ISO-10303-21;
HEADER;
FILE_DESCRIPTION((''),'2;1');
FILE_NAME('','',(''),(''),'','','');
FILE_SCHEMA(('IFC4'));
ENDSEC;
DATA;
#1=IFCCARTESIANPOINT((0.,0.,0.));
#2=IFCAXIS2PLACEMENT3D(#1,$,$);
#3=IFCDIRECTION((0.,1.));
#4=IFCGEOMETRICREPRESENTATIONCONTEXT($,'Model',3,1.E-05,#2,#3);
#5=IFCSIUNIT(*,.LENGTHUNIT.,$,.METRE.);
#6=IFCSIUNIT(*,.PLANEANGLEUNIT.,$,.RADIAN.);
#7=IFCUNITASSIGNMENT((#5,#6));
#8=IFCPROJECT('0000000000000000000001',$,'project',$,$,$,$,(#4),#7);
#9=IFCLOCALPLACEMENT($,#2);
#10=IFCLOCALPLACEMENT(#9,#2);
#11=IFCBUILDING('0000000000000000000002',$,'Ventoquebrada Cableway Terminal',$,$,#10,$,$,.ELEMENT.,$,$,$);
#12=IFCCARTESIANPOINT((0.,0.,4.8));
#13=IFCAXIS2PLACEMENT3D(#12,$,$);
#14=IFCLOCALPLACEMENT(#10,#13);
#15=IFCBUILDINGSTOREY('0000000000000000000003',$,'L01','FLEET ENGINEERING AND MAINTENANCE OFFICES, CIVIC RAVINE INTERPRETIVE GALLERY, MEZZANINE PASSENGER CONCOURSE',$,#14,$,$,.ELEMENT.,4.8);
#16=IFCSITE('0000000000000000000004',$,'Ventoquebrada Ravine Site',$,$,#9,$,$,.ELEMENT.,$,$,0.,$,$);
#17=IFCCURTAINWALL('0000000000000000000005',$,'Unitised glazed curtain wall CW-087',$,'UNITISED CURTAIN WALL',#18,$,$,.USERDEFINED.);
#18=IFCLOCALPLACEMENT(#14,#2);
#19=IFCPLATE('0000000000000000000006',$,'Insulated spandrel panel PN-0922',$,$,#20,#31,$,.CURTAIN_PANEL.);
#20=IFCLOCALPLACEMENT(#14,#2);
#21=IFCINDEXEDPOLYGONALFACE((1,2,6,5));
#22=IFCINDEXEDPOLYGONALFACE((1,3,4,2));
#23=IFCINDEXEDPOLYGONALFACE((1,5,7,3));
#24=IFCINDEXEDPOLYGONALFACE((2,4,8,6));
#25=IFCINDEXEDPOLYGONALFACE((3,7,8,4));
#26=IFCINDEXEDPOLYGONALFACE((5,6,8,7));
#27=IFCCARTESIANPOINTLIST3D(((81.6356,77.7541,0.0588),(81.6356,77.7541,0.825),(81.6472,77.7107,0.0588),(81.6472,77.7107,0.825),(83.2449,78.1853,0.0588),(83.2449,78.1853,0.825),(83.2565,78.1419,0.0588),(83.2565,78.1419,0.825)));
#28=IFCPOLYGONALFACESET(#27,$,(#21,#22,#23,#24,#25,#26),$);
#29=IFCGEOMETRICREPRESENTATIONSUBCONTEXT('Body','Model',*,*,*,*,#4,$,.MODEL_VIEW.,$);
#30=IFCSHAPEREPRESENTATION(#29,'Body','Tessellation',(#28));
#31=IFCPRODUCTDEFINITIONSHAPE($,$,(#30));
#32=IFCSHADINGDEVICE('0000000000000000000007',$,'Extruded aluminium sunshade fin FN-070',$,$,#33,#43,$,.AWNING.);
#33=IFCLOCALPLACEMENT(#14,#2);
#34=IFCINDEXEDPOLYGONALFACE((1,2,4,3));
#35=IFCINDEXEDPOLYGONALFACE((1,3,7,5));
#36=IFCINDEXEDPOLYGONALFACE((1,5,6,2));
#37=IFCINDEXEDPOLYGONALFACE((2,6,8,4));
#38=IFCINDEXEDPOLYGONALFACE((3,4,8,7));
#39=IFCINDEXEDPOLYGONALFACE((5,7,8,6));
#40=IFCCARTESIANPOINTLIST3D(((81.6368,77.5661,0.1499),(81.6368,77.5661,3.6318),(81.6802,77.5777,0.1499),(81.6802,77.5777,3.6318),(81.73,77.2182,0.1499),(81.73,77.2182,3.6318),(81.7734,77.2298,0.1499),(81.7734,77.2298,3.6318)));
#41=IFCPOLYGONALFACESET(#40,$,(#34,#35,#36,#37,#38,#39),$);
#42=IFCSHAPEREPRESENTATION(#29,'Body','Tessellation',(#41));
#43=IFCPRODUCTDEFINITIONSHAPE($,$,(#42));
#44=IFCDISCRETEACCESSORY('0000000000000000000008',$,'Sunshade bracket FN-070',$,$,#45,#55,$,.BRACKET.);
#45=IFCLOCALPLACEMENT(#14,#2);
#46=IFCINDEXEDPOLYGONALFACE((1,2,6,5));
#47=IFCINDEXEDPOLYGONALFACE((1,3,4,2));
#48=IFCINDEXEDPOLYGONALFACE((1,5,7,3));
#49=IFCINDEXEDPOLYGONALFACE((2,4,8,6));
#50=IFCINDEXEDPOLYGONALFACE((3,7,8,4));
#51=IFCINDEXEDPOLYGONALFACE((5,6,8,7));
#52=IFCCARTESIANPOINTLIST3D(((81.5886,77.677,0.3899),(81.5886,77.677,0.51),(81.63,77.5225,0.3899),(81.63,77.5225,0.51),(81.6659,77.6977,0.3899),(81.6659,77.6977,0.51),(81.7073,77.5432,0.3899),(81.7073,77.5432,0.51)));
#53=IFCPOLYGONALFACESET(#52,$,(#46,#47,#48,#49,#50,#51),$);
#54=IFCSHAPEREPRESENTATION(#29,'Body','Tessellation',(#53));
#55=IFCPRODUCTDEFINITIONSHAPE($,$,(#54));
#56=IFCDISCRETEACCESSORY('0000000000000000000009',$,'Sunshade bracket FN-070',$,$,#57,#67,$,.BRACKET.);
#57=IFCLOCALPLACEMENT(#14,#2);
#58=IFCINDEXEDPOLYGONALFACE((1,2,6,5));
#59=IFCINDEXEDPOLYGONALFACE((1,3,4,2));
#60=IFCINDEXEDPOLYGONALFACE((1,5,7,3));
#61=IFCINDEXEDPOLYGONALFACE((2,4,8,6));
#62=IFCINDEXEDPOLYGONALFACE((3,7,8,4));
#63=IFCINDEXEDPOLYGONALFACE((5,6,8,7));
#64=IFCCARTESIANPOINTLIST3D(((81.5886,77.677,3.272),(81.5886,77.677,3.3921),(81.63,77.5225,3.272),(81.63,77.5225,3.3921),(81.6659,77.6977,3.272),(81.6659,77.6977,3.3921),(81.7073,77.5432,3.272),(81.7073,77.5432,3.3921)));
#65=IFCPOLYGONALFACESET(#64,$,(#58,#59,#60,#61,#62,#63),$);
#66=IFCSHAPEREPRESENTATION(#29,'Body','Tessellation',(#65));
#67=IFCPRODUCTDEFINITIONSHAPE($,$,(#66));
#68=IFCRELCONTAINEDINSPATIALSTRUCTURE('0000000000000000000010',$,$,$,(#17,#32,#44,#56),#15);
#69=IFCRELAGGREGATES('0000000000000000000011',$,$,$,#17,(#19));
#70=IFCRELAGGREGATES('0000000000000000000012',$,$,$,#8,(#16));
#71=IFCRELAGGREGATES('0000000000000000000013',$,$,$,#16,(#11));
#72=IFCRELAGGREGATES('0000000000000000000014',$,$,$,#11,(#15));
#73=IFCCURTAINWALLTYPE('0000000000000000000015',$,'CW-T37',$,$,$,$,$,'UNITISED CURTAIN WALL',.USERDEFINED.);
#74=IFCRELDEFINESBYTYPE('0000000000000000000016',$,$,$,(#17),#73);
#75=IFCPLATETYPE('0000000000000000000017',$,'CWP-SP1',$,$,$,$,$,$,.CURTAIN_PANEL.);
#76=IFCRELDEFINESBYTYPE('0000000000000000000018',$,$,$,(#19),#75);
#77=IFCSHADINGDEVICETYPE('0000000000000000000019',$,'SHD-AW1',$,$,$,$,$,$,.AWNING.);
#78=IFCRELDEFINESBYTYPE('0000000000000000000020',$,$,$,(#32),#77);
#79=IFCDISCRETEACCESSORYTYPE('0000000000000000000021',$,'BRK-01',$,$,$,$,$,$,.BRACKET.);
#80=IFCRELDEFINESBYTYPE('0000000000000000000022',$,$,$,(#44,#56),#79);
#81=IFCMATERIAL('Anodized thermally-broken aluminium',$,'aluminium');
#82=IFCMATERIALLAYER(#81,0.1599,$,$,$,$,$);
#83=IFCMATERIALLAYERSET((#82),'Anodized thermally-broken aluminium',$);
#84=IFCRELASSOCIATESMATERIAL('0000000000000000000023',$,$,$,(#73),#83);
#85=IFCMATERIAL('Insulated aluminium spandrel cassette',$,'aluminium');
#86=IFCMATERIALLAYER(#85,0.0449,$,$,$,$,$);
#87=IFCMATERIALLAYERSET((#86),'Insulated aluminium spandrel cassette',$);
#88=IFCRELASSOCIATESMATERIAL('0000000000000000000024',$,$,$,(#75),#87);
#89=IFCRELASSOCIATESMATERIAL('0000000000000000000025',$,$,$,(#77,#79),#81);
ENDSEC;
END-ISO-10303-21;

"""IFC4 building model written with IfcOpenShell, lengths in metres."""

from ifc_helpers import new_model, si_unit, direction, frame, origin, origin_2d, place, context, subcontext, project, spatial, rectangle, extrude, material, layer, layer_set, type_object, element, aggregate, save


model = new_model("IFC4")

# Units and contexts
model_context = context("Model", 3, precision=1e-05, world=origin(), true_north=direction((0.0, 1.0)))
body_context = subcontext(model_context, "Body", "Model", "MODEL_VIEW")
ifc_project = project(units=[si_unit("LENGTHUNIT", "METRE"), si_unit("PLANEANGLEUNIT", "RADIAN")], contexts=[model_context])

# Site, building, storey
site_placement = place(None, origin())
site = spatial("IfcSite", under=ifc_project, at=site_placement, Name="Ventoquebrada Ravine Site", CompositionType="ELEMENT", RefElevation=0.0)
building_placement = place(site_placement, origin())
building = spatial("IfcBuilding", under=site, at=building_placement, Name="Ventoquebrada Cableway Terminal", CompositionType="ELEMENT")
storey_placement = place(building_placement, frame((0.0, 0.0, 4.8)))
storey = spatial("IfcBuildingStorey", under=building, at=storey_placement, Name="L01", Description="FLEET ENGINEERING AND MAINTENANCE OFFICES, CIVIC RAVINE INTERPRETIVE GALLERY, MEZZANINE PASSENGER CONCOURSE", CompositionType="ELEMENT", Elevation=4.8)

# Curtain wall
ifc_material_1 = material(Name="Anodized thermally-broken aluminium", Category="aluminium")
ifc_layer_1 = layer(ifc_material_1, 0.1599)
ifc_layer_set_1 = layer_set([ifc_layer_1], Name="Anodized thermally-broken aluminium")
curtain_wall_type_1 = type_object("IfcCurtainWallType", Name="CW-T37", ElementType="UNITISED CURTAIN WALL", PredefinedType="USERDEFINED", material=ifc_layer_set_1)
curtain_wall_1_placement = place(storey_placement, origin())
curtain_wall_1 = element("IfcCurtainWall", 1, at=curtain_wall_1_placement, inside=storey, type_object=curtain_wall_type_1, Name="Unitised glazed curtain wall CW-087", ObjectType="UNITISED CURTAIN WALL", PredefinedType="USERDEFINED")

# Plate
ifc_material_2 = material(Name="Insulated aluminium spandrel cassette", Category="aluminium")
ifc_layer_2 = layer(ifc_material_2, 0.0449)
ifc_layer_set_2 = layer_set([ifc_layer_2], Name="Insulated aluminium spandrel cassette")
plate_type_1 = type_object("IfcPlateType", Name="CWP-SP1", PredefinedType="CURTAIN_PANEL", material=ifc_layer_set_2)
plate_1_placement = place(storey_placement, frame((82.446, 77.948, 0.0588), z_axis=(0.0, 0.0, 1.0), x_axis=(0.965926, 0.258819, 0.0)))
plate_1 = element("IfcPlate", 2, at=plate_1_placement, type_object=plate_type_1, Name="Insulated spandrel panel PN-0922", PredefinedType="CURTAIN_PANEL", context=body_context, shape_type="SweptSolid", body=[
    extrude(rectangle(XDim=1.666, YDim=0.0449, at=origin_2d()), origin(), (0.0, 0.0, 1.0), 0.7661),
])
aggregate(curtain_wall_1, [plate_1])

# Shading device
shading_device_type = type_object("IfcShadingDeviceType", Name="SHD-AW1", PredefinedType="AWNING", material=ifc_material_1)
shading_device_placement = place(storey_placement, frame((81.7051, 77.3979, 0.1499), z_axis=(0.0, 0.0, 1.0), x_axis=(0.965926, 0.258819, 0.0)))
element("IfcShadingDevice", 3, at=shading_device_placement, inside=storey, type_object=shading_device_type, Name="Extruded aluminium sunshade fin FN-070", PredefinedType="AWNING", context=body_context, shape_type="SweptSolid", body=[
    extrude(rectangle(XDim=0.0449, YDim=0.3601, at=origin_2d()), origin(), (0.0, 0.0, 1.0), 3.4819),
])

# Discrete accessories
discrete_accessory_type = type_object("IfcDiscreteAccessoryType", Name="BRK-01", PredefinedType="BRACKET", material=ifc_material_1)
for number, where, z_axis, x_axis, name in (
    (4, (81.6479, 77.6101, 0.3899), (0.0, 0.0, 1.0), (0.965926, 0.258819, 0.0), "Sunshade bracket FN-070"),
    (5, (81.6479, 77.6101, 3.272), (0.0, 0.0, 1.0), (0.965926, 0.258819, 0.0), "Sunshade bracket FN-070"),
):
    element("IfcDiscreteAccessory", number, at=place(storey_placement, frame(where, z_axis=z_axis, x_axis=x_axis)), inside=storey, type_object=discrete_accessory_type, Name=name, PredefinedType="BRACKET", context=body_context, shape_type="SweptSolid", body=[
        extrude(rectangle(XDim=0.0801, YDim=0.1599, at=origin_2d()), origin(), (0.0, 0.0, 1.0), 0.1201),
    ])

save(model, "model.ifc")
